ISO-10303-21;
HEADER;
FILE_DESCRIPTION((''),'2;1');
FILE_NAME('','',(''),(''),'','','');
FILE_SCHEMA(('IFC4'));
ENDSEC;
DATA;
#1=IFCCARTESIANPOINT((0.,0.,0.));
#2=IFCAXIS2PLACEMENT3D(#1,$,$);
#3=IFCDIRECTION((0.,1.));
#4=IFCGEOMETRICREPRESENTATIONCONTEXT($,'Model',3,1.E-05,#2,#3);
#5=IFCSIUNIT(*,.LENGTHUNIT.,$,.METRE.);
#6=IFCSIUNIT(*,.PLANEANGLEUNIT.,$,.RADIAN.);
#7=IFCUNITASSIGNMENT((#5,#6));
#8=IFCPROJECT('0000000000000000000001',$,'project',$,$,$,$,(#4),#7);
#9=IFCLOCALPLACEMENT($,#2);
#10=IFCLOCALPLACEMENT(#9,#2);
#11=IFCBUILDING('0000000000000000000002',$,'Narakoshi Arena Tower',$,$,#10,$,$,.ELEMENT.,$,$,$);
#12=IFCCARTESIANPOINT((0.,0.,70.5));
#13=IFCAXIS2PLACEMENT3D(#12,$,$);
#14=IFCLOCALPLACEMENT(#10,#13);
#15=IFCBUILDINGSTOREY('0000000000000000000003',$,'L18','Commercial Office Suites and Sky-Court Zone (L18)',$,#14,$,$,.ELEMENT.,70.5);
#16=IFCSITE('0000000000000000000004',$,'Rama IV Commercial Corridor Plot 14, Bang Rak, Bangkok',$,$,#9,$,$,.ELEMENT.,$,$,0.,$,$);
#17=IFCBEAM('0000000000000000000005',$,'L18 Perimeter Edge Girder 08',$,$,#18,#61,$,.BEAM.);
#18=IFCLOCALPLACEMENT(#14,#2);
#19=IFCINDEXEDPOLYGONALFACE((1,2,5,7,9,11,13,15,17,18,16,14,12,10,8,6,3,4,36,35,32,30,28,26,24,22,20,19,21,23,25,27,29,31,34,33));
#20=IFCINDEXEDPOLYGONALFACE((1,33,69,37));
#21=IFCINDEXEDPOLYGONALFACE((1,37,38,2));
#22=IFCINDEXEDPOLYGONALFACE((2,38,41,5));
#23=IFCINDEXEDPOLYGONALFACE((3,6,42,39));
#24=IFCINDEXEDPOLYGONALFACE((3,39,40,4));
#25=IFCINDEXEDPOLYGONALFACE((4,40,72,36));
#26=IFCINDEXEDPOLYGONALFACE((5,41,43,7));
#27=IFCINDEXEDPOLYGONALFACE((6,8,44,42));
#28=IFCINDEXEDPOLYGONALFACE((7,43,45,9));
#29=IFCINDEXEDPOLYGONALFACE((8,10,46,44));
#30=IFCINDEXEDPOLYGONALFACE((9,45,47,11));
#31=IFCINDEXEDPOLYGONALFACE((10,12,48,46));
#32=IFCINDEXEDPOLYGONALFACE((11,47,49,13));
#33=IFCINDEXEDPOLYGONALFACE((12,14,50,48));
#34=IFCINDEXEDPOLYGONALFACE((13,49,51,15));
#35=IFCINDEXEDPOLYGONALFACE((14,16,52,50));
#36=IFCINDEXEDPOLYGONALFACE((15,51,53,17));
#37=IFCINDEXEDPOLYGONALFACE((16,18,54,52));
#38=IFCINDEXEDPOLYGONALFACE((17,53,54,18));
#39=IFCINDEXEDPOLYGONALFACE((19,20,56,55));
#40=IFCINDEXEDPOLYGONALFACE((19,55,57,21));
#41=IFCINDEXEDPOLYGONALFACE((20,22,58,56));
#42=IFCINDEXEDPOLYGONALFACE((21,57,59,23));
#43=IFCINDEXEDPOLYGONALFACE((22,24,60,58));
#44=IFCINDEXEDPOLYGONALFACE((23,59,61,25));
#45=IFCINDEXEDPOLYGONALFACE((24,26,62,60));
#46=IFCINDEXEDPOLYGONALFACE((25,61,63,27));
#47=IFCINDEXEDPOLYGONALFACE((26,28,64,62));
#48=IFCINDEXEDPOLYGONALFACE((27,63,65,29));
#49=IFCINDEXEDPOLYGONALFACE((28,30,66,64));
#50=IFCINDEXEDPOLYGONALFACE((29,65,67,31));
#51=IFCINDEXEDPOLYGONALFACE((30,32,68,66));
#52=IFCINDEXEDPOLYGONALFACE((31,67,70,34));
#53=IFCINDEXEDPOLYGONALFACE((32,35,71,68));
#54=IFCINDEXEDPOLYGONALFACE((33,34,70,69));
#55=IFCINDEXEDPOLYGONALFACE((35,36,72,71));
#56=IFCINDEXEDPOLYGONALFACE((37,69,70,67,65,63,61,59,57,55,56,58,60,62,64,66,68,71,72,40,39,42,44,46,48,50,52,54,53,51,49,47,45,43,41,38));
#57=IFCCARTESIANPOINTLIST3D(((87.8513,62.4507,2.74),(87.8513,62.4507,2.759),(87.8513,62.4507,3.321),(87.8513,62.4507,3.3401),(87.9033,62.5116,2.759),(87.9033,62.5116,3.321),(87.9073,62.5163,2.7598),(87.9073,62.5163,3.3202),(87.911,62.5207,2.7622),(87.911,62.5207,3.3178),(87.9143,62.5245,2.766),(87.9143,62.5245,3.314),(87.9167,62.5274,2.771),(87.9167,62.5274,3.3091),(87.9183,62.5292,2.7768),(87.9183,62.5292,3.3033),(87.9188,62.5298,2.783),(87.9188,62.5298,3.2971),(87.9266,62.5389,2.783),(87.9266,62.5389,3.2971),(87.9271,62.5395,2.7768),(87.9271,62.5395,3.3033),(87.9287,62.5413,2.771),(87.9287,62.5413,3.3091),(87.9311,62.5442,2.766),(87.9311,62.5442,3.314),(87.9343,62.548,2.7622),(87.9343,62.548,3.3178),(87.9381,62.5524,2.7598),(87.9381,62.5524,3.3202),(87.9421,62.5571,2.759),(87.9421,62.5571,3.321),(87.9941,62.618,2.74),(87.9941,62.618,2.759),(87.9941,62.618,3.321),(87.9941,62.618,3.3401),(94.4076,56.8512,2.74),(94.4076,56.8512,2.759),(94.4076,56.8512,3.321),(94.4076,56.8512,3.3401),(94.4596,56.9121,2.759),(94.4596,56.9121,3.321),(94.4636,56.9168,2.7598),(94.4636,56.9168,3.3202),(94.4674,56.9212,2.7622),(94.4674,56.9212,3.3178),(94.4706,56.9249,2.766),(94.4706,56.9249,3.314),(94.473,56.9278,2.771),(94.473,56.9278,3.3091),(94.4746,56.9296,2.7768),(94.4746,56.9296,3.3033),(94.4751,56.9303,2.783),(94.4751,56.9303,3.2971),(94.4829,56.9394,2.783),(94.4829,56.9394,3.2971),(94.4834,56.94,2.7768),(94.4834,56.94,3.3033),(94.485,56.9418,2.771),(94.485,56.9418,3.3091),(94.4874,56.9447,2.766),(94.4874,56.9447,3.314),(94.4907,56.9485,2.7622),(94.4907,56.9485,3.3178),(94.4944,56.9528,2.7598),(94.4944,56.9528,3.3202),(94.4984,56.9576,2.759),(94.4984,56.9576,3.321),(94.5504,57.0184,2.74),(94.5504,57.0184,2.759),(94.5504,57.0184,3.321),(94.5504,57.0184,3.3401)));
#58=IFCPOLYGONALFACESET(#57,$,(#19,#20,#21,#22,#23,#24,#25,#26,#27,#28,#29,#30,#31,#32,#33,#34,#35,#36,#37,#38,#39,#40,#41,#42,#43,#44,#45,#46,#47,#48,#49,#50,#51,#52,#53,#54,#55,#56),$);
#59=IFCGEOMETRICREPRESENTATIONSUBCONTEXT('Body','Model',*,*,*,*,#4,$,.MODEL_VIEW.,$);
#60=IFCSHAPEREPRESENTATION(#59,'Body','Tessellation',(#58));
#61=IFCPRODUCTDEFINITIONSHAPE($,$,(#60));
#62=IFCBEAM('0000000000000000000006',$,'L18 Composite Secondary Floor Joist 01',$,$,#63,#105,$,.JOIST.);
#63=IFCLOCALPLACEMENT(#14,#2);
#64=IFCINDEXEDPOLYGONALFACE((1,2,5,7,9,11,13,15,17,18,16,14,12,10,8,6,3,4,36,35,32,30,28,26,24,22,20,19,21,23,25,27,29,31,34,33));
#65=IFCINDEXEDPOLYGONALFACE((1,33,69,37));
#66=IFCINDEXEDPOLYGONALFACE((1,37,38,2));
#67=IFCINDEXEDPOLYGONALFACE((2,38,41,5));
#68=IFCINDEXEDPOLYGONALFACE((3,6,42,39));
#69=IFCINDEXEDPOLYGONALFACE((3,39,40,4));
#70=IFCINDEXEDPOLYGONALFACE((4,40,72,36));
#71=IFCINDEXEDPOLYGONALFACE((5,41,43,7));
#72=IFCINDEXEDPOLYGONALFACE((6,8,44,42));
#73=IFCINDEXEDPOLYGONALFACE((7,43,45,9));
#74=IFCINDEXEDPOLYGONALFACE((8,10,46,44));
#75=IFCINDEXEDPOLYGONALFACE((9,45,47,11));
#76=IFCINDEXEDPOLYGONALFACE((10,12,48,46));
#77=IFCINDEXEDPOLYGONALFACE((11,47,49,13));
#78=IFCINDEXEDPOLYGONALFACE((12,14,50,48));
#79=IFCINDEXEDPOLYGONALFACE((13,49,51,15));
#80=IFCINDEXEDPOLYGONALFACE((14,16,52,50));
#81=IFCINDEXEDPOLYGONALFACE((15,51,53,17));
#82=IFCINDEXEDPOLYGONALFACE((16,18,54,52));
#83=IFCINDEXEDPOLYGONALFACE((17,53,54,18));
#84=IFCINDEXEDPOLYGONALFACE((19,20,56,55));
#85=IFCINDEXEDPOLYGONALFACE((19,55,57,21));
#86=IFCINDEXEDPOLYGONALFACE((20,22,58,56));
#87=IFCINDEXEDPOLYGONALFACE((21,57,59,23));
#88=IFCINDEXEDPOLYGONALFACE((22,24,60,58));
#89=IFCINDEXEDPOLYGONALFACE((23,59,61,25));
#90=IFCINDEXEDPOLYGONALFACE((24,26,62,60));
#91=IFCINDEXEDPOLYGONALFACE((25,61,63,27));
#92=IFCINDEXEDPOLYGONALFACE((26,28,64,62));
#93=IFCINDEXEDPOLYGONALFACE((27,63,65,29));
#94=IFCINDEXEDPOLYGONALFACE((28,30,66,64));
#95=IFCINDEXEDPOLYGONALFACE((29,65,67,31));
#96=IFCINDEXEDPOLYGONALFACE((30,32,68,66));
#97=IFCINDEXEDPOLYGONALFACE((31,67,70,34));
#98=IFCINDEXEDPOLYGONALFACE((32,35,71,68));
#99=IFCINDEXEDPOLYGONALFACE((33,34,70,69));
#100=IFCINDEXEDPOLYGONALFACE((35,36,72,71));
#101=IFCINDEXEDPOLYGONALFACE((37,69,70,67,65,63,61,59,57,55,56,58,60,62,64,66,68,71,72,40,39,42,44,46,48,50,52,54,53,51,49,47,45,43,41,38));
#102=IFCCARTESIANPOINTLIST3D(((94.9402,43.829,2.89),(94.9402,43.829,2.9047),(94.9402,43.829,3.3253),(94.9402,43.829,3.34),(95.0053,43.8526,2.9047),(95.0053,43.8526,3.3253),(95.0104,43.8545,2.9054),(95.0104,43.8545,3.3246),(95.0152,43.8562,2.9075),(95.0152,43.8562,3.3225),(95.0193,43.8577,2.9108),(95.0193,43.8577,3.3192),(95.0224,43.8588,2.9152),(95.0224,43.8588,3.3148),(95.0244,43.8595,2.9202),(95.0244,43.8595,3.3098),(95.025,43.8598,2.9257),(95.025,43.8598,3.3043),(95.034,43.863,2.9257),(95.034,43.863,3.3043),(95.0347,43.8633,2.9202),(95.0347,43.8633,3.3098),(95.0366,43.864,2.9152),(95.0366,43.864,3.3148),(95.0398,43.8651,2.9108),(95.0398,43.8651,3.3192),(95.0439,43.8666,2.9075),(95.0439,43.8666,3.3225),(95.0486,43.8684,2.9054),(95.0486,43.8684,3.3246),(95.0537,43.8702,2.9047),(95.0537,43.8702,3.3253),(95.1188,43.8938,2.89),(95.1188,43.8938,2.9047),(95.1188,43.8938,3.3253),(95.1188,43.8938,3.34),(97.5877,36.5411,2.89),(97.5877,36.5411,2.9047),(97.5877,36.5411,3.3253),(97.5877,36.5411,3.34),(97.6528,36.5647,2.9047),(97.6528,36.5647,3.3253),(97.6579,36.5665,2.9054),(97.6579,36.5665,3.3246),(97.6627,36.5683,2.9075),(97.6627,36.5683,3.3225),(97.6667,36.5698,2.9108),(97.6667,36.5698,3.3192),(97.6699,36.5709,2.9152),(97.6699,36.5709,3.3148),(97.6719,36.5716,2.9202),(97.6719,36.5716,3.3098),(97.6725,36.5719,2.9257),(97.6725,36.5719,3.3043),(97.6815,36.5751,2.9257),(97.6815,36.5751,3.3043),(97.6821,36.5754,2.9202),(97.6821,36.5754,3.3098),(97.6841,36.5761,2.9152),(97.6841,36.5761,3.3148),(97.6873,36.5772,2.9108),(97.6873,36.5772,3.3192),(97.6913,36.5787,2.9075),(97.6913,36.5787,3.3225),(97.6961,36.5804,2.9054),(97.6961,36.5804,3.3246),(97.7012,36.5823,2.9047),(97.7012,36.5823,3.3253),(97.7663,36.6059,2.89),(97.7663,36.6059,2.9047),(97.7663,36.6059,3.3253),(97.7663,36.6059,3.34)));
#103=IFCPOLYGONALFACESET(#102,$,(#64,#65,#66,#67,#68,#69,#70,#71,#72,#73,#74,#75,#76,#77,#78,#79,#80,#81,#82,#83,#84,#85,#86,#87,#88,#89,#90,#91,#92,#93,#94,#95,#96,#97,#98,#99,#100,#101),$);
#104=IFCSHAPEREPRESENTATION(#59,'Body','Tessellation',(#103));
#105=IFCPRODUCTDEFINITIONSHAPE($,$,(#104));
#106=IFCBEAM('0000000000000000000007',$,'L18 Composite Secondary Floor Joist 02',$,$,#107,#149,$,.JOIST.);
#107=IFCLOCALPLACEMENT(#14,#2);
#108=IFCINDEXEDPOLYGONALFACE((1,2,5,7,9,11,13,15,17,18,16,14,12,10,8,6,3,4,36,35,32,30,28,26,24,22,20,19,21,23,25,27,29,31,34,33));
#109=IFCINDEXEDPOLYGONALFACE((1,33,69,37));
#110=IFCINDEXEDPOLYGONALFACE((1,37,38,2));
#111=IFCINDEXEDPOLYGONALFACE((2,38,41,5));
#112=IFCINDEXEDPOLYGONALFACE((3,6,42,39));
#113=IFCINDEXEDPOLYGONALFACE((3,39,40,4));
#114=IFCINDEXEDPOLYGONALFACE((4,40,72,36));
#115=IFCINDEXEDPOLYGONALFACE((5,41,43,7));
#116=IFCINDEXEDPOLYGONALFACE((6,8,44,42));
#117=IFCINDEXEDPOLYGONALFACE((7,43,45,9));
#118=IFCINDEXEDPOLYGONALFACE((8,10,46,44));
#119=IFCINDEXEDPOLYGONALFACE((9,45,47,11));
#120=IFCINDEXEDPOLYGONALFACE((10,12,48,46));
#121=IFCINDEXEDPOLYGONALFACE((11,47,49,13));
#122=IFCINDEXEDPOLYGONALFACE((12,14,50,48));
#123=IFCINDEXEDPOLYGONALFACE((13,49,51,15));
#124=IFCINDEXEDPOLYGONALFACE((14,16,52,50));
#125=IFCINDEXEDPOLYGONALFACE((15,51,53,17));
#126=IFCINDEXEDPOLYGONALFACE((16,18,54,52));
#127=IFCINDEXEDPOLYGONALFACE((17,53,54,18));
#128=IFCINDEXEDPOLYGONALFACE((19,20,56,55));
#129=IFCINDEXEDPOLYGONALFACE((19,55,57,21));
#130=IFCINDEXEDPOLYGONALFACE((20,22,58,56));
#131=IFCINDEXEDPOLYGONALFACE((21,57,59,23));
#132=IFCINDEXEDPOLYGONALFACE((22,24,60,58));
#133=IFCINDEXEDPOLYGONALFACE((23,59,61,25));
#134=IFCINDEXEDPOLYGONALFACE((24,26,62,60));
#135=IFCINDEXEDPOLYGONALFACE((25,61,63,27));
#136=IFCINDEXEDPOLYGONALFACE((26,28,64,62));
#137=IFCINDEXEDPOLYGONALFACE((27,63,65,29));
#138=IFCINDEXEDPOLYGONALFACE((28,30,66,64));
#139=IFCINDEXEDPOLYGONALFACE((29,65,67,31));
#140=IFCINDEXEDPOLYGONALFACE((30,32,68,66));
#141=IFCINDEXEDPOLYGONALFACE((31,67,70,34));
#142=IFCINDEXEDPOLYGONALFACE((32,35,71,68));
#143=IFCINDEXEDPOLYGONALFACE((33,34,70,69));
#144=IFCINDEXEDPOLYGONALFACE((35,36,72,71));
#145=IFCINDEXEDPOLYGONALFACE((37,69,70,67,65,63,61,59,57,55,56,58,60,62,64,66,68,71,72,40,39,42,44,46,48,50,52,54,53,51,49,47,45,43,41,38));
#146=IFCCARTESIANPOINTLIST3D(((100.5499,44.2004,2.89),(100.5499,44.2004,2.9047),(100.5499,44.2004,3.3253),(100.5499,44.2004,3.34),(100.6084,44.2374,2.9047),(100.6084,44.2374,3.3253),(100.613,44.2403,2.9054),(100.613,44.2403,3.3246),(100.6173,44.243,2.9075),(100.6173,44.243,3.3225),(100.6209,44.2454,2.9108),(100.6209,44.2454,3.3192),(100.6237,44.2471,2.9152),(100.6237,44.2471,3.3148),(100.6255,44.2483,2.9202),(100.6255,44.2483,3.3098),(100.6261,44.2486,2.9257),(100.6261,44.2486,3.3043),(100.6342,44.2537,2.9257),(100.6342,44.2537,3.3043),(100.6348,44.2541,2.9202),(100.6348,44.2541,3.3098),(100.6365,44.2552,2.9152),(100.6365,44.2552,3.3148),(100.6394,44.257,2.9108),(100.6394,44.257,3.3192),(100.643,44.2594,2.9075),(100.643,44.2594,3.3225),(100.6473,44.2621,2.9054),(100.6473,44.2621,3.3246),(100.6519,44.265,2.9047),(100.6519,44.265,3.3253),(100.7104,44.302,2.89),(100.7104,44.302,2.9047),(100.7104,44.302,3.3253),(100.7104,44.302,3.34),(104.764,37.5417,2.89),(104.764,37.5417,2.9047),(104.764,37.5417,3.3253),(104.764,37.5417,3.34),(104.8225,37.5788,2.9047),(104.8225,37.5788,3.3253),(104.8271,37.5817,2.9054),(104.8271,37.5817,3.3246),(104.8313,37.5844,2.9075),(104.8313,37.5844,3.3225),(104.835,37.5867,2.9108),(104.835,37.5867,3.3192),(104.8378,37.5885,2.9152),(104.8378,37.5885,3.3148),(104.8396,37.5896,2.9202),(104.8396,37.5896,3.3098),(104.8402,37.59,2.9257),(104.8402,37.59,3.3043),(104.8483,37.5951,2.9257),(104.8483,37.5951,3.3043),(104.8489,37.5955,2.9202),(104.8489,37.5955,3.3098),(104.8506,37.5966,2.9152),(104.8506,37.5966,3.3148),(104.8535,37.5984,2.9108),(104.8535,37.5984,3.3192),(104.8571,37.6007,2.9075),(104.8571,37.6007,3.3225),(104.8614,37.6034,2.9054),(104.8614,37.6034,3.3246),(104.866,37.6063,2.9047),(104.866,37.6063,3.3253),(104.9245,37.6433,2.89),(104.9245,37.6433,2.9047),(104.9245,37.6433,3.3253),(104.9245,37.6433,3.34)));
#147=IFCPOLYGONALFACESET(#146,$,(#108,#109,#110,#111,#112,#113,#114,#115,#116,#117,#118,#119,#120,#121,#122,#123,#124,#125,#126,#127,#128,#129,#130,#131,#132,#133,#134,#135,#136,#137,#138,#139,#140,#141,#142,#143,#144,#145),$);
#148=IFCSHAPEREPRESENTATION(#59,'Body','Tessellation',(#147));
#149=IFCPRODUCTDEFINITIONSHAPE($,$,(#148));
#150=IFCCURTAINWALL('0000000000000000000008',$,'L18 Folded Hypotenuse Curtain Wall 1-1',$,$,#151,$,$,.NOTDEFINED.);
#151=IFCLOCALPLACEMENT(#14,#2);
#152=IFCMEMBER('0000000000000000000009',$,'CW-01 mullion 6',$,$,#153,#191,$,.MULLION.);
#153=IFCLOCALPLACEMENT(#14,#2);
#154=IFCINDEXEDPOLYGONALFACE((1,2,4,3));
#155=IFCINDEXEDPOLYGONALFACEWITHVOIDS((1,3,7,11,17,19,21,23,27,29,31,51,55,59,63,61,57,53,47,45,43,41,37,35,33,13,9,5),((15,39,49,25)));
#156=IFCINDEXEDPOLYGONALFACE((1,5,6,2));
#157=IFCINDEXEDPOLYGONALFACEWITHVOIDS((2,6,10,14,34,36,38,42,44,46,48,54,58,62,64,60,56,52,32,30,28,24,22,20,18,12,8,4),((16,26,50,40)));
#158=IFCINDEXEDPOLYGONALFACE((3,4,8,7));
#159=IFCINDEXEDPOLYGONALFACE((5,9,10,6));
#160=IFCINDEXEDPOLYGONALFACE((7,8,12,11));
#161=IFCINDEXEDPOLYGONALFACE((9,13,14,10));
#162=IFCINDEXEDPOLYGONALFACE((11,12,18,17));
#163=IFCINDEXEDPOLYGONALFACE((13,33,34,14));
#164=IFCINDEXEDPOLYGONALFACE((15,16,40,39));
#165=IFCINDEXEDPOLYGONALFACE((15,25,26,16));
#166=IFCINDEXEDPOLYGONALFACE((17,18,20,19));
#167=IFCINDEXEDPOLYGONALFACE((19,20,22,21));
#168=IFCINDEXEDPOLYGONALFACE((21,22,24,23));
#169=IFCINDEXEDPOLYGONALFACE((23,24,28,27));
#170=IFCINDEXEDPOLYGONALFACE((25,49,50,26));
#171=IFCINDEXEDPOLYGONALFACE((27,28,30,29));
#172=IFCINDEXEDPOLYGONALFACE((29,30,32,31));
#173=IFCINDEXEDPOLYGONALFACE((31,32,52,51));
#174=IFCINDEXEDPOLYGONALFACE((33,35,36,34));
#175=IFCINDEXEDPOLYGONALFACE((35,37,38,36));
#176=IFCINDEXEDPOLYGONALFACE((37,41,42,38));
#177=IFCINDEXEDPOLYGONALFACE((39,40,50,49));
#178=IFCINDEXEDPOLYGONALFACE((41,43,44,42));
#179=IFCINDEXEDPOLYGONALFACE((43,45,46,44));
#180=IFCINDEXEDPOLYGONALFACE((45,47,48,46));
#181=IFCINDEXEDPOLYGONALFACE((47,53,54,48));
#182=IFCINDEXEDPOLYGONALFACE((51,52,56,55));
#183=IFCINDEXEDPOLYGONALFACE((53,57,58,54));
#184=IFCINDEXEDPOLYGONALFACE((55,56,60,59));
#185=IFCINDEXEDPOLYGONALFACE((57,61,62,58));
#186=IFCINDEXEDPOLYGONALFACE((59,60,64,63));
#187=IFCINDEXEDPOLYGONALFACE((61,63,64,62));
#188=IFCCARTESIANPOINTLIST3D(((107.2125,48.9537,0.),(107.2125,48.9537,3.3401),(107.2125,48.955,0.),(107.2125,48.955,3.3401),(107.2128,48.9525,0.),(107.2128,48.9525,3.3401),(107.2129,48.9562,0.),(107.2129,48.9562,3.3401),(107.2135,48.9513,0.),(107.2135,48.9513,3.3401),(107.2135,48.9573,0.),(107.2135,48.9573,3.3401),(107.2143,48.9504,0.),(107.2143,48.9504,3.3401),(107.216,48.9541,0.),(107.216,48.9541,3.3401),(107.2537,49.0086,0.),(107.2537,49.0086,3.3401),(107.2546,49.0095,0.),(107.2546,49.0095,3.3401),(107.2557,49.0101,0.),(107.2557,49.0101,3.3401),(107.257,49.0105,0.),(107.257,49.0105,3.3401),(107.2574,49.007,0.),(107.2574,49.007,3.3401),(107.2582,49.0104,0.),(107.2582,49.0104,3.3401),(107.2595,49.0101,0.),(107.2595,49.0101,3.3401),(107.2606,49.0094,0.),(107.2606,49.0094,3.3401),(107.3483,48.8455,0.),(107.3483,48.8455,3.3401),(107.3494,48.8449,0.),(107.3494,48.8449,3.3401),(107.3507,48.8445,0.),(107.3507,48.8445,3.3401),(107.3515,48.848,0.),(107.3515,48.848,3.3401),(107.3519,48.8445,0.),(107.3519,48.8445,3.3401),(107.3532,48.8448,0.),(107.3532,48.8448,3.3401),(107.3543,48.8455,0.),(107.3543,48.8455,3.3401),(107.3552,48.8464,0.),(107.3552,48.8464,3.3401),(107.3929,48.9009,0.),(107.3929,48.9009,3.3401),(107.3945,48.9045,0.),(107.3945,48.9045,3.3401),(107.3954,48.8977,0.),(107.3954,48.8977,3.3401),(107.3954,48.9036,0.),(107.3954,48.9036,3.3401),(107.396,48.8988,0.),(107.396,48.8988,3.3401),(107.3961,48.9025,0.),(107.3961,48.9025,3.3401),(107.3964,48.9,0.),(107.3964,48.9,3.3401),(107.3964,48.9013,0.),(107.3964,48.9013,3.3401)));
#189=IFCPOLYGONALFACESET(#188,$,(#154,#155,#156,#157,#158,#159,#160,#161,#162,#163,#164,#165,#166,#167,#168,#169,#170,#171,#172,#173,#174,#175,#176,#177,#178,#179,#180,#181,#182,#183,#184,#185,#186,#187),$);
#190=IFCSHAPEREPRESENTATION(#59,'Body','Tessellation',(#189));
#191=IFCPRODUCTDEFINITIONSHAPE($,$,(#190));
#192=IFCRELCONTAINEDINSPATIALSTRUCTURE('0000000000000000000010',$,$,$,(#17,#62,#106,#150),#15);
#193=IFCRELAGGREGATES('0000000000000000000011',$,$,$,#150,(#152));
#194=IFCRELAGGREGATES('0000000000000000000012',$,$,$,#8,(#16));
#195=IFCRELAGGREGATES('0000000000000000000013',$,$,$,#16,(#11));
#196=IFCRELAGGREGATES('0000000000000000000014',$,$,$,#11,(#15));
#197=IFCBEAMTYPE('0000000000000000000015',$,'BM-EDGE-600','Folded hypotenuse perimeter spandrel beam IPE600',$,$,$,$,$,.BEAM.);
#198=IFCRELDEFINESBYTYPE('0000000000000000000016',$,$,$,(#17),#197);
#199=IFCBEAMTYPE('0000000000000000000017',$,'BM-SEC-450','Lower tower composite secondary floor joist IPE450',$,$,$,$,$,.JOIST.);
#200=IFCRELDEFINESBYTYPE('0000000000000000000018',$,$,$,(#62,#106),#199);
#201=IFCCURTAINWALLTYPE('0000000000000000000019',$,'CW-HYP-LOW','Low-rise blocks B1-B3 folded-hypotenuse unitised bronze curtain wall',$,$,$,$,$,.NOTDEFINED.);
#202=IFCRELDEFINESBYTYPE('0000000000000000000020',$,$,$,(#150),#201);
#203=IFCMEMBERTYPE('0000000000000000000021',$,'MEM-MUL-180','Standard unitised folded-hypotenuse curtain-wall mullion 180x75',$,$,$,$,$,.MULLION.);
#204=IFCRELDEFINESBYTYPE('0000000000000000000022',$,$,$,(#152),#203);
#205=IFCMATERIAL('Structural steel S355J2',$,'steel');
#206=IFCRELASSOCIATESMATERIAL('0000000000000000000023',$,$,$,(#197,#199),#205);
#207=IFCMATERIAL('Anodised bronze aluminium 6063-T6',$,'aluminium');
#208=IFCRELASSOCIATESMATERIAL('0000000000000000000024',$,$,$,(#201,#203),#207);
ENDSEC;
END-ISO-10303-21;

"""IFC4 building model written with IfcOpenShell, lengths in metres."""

from ifc_helpers import new_model, si_unit, direction, frame, origin, origin_2d, place, context, subcontext, project, spatial, hollow_rectangle, i_section, extrude, material, material_profile, profile_set, type_object, element, aggregate, save


model = new_model("IFC4")

# Units and contexts
model_context = context("Model", 3, precision=1e-05, world=origin(), true_north=direction((0.0, 1.0)))
body_context = subcontext(model_context, "Body", "Model", "MODEL_VIEW")
ifc_project = project(units=[si_unit("LENGTHUNIT", "METRE"), si_unit("PLANEANGLEUNIT", "RADIAN")], contexts=[model_context])

# Site, building, storey
site_placement = place(None, origin())
site = spatial("IfcSite", under=ifc_project, at=site_placement, Name="Rama IV Commercial Corridor Plot 14, Bang Rak, Bangkok", CompositionType="ELEMENT", RefElevation=0.0)
building_placement = place(site_placement, origin())
building = spatial("IfcBuilding", under=site, at=building_placement, Name="Narakoshi Arena Tower", CompositionType="ELEMENT")
storey_placement = place(building_placement, frame((0.0, 0.0, 70.5)))
storey = spatial("IfcBuildingStorey", under=building, at=storey_placement, Name="L18", Description="Commercial Office Suites and Sky-Court Zone (L18)", CompositionType="ELEMENT", Elevation=70.5)

# Beams
ifc_material_1 = material(Name="Structural steel S355J2", Category="steel")
ifc_material_profile_1 = material_profile(ifc_material_1, i_section(OverallWidth=0.22, OverallDepth=0.6001, WebThickness=0.012, FlangeThickness=0.019, FilletRadius=0.0239, at=origin_2d()), Name="IPE600")
ifc_profile_set_1 = profile_set([ifc_material_profile_1], Name="Structural steel S355J2")
beam_type_1 = type_object("IfcBeamType", Name="BM-EDGE-600", Description="Folded hypotenuse perimeter spandrel beam IPE600", PredefinedType="BEAM", material=ifc_profile_set_1)
beam_1_placement = place(storey_placement, frame((94.479, 56.9348, 3.04), z_axis=(-0.760411, 0.649443, 0.0), x_axis=(-0.649443, -0.760411, 0.0)))
element("IfcBeam", 1, at=beam_1_placement, inside=storey, type_object=beam_type_1, Name="L18 Perimeter Edge Girder 08", PredefinedType="BEAM", context=body_context, shape_type="SweptSolid", body=[
    extrude(i_section(OverallWidth=0.22, OverallDepth=0.6001, WebThickness=0.012, FlangeThickness=0.019, FilletRadius=0.0239, at=origin_2d()), origin(), (0.0, 0.0, 1.0), 8.6221),
])
ifc_material_profile_2 = material_profile(ifc_material_1, i_section(OverallWidth=0.1899, OverallDepth=0.45, WebThickness=0.0095, FlangeThickness=0.0146, FilletRadius=0.021, at=origin_2d()), Name="IPE450")
ifc_profile_set_2 = profile_set([ifc_material_profile_2], Name="Structural steel S355J2")
beam_type_2 = type_object("IfcBeamType", Name="BM-SEC-450", Description="Lower tower composite secondary floor joist IPE450", PredefinedType="JOIST", material=ifc_profile_set_2)
beam_2_placement = place(storey_placement, frame((97.677, 36.5735, 3.115), z_axis=(-0.34144, 0.939904, 0.0), x_axis=(-0.939904, -0.34144, 0.0)))
element("IfcBeam", 2, at=beam_2_placement, inside=storey, type_object=beam_type_2, Name="L18 Composite Secondary Floor Joist 01", PredefinedType="JOIST", context=body_context, shape_type="SweptSolid", body=[
    extrude(i_section(OverallWidth=0.1899, OverallDepth=0.45, WebThickness=0.0095, FlangeThickness=0.0146, FilletRadius=0.021, at=origin_2d()), origin(), (0.0, 0.0, 1.0), 7.7539),
])
beam_3_placement = place(storey_placement, frame((104.8442, 37.5925, 3.115), z_axis=(-0.534775, 0.844995, 0.0), x_axis=(-0.844995, -0.534775, 0.0)))
element("IfcBeam", 3, at=beam_3_placement, inside=storey, type_object=beam_type_2, Name="L18 Composite Secondary Floor Joist 02", PredefinedType="JOIST", context=body_context, shape_type="SweptSolid", body=[
    extrude(i_section(OverallWidth=0.1899, OverallDepth=0.45, WebThickness=0.0095, FlangeThickness=0.0146, FilletRadius=0.021, at=origin_2d()), origin(), (0.0, 0.0, 1.0), 7.8801),
])

# Curtain wall, member
ifc_material_2 = material(Name="Anodised bronze aluminium 6063-T6", Category="aluminium")
curtain_wall_type = type_object("IfcCurtainWallType", Name="CW-HYP-LOW", Description="Low-rise blocks B1-B3 folded-hypotenuse unitised bronze curtain wall", PredefinedType="NOTDEFINED", material=ifc_material_2)
curtain_wall_placement = place(storey_placement, origin())
curtain_wall = element("IfcCurtainWall", 4, at=curtain_wall_placement, inside=storey, type_object=curtain_wall_type, Name="L18 Folded Hypotenuse Curtain Wall 1-1", PredefinedType="NOTDEFINED")
ifc_material_profile_3 = material_profile(ifc_material_2, hollow_rectangle(XDim=0.075, YDim=0.1799, WallThickness=0.0039, OuterFilletRadius=0.0049, at=origin_2d()), Name="MUL180x75x4")
ifc_profile_set_3 = profile_set([ifc_material_profile_3], Name="Anodised bronze aluminium 6063-T6")
member_type_1 = type_object("IfcMemberType", Name="MEM-MUL-180", Description="Standard unitised folded-hypotenuse curtain-wall mullion 180x75", PredefinedType="MULLION", material=ifc_profile_set_3)
member_1_placement = place(storey_placement, frame((107.3044, 48.9275, 0.0), z_axis=(0.0, 0.0, 1.0), x_axis=(-0.616458, -0.787388, 0.0)))
member_1 = element("IfcMember", 5, at=member_1_placement, type_object=member_type_1, Name="CW-01 mullion 6", PredefinedType="MULLION", context=body_context, shape_type="SweptSolid", body=[
    extrude(hollow_rectangle(XDim=0.075, YDim=0.1799, WallThickness=0.0039, OuterFilletRadius=0.0049, at=origin_2d()), origin(), (0.0, 0.0, 1.0), 3.3401),
])
aggregate(curtain_wall, [member_1])

save(model, "model.ifc")
